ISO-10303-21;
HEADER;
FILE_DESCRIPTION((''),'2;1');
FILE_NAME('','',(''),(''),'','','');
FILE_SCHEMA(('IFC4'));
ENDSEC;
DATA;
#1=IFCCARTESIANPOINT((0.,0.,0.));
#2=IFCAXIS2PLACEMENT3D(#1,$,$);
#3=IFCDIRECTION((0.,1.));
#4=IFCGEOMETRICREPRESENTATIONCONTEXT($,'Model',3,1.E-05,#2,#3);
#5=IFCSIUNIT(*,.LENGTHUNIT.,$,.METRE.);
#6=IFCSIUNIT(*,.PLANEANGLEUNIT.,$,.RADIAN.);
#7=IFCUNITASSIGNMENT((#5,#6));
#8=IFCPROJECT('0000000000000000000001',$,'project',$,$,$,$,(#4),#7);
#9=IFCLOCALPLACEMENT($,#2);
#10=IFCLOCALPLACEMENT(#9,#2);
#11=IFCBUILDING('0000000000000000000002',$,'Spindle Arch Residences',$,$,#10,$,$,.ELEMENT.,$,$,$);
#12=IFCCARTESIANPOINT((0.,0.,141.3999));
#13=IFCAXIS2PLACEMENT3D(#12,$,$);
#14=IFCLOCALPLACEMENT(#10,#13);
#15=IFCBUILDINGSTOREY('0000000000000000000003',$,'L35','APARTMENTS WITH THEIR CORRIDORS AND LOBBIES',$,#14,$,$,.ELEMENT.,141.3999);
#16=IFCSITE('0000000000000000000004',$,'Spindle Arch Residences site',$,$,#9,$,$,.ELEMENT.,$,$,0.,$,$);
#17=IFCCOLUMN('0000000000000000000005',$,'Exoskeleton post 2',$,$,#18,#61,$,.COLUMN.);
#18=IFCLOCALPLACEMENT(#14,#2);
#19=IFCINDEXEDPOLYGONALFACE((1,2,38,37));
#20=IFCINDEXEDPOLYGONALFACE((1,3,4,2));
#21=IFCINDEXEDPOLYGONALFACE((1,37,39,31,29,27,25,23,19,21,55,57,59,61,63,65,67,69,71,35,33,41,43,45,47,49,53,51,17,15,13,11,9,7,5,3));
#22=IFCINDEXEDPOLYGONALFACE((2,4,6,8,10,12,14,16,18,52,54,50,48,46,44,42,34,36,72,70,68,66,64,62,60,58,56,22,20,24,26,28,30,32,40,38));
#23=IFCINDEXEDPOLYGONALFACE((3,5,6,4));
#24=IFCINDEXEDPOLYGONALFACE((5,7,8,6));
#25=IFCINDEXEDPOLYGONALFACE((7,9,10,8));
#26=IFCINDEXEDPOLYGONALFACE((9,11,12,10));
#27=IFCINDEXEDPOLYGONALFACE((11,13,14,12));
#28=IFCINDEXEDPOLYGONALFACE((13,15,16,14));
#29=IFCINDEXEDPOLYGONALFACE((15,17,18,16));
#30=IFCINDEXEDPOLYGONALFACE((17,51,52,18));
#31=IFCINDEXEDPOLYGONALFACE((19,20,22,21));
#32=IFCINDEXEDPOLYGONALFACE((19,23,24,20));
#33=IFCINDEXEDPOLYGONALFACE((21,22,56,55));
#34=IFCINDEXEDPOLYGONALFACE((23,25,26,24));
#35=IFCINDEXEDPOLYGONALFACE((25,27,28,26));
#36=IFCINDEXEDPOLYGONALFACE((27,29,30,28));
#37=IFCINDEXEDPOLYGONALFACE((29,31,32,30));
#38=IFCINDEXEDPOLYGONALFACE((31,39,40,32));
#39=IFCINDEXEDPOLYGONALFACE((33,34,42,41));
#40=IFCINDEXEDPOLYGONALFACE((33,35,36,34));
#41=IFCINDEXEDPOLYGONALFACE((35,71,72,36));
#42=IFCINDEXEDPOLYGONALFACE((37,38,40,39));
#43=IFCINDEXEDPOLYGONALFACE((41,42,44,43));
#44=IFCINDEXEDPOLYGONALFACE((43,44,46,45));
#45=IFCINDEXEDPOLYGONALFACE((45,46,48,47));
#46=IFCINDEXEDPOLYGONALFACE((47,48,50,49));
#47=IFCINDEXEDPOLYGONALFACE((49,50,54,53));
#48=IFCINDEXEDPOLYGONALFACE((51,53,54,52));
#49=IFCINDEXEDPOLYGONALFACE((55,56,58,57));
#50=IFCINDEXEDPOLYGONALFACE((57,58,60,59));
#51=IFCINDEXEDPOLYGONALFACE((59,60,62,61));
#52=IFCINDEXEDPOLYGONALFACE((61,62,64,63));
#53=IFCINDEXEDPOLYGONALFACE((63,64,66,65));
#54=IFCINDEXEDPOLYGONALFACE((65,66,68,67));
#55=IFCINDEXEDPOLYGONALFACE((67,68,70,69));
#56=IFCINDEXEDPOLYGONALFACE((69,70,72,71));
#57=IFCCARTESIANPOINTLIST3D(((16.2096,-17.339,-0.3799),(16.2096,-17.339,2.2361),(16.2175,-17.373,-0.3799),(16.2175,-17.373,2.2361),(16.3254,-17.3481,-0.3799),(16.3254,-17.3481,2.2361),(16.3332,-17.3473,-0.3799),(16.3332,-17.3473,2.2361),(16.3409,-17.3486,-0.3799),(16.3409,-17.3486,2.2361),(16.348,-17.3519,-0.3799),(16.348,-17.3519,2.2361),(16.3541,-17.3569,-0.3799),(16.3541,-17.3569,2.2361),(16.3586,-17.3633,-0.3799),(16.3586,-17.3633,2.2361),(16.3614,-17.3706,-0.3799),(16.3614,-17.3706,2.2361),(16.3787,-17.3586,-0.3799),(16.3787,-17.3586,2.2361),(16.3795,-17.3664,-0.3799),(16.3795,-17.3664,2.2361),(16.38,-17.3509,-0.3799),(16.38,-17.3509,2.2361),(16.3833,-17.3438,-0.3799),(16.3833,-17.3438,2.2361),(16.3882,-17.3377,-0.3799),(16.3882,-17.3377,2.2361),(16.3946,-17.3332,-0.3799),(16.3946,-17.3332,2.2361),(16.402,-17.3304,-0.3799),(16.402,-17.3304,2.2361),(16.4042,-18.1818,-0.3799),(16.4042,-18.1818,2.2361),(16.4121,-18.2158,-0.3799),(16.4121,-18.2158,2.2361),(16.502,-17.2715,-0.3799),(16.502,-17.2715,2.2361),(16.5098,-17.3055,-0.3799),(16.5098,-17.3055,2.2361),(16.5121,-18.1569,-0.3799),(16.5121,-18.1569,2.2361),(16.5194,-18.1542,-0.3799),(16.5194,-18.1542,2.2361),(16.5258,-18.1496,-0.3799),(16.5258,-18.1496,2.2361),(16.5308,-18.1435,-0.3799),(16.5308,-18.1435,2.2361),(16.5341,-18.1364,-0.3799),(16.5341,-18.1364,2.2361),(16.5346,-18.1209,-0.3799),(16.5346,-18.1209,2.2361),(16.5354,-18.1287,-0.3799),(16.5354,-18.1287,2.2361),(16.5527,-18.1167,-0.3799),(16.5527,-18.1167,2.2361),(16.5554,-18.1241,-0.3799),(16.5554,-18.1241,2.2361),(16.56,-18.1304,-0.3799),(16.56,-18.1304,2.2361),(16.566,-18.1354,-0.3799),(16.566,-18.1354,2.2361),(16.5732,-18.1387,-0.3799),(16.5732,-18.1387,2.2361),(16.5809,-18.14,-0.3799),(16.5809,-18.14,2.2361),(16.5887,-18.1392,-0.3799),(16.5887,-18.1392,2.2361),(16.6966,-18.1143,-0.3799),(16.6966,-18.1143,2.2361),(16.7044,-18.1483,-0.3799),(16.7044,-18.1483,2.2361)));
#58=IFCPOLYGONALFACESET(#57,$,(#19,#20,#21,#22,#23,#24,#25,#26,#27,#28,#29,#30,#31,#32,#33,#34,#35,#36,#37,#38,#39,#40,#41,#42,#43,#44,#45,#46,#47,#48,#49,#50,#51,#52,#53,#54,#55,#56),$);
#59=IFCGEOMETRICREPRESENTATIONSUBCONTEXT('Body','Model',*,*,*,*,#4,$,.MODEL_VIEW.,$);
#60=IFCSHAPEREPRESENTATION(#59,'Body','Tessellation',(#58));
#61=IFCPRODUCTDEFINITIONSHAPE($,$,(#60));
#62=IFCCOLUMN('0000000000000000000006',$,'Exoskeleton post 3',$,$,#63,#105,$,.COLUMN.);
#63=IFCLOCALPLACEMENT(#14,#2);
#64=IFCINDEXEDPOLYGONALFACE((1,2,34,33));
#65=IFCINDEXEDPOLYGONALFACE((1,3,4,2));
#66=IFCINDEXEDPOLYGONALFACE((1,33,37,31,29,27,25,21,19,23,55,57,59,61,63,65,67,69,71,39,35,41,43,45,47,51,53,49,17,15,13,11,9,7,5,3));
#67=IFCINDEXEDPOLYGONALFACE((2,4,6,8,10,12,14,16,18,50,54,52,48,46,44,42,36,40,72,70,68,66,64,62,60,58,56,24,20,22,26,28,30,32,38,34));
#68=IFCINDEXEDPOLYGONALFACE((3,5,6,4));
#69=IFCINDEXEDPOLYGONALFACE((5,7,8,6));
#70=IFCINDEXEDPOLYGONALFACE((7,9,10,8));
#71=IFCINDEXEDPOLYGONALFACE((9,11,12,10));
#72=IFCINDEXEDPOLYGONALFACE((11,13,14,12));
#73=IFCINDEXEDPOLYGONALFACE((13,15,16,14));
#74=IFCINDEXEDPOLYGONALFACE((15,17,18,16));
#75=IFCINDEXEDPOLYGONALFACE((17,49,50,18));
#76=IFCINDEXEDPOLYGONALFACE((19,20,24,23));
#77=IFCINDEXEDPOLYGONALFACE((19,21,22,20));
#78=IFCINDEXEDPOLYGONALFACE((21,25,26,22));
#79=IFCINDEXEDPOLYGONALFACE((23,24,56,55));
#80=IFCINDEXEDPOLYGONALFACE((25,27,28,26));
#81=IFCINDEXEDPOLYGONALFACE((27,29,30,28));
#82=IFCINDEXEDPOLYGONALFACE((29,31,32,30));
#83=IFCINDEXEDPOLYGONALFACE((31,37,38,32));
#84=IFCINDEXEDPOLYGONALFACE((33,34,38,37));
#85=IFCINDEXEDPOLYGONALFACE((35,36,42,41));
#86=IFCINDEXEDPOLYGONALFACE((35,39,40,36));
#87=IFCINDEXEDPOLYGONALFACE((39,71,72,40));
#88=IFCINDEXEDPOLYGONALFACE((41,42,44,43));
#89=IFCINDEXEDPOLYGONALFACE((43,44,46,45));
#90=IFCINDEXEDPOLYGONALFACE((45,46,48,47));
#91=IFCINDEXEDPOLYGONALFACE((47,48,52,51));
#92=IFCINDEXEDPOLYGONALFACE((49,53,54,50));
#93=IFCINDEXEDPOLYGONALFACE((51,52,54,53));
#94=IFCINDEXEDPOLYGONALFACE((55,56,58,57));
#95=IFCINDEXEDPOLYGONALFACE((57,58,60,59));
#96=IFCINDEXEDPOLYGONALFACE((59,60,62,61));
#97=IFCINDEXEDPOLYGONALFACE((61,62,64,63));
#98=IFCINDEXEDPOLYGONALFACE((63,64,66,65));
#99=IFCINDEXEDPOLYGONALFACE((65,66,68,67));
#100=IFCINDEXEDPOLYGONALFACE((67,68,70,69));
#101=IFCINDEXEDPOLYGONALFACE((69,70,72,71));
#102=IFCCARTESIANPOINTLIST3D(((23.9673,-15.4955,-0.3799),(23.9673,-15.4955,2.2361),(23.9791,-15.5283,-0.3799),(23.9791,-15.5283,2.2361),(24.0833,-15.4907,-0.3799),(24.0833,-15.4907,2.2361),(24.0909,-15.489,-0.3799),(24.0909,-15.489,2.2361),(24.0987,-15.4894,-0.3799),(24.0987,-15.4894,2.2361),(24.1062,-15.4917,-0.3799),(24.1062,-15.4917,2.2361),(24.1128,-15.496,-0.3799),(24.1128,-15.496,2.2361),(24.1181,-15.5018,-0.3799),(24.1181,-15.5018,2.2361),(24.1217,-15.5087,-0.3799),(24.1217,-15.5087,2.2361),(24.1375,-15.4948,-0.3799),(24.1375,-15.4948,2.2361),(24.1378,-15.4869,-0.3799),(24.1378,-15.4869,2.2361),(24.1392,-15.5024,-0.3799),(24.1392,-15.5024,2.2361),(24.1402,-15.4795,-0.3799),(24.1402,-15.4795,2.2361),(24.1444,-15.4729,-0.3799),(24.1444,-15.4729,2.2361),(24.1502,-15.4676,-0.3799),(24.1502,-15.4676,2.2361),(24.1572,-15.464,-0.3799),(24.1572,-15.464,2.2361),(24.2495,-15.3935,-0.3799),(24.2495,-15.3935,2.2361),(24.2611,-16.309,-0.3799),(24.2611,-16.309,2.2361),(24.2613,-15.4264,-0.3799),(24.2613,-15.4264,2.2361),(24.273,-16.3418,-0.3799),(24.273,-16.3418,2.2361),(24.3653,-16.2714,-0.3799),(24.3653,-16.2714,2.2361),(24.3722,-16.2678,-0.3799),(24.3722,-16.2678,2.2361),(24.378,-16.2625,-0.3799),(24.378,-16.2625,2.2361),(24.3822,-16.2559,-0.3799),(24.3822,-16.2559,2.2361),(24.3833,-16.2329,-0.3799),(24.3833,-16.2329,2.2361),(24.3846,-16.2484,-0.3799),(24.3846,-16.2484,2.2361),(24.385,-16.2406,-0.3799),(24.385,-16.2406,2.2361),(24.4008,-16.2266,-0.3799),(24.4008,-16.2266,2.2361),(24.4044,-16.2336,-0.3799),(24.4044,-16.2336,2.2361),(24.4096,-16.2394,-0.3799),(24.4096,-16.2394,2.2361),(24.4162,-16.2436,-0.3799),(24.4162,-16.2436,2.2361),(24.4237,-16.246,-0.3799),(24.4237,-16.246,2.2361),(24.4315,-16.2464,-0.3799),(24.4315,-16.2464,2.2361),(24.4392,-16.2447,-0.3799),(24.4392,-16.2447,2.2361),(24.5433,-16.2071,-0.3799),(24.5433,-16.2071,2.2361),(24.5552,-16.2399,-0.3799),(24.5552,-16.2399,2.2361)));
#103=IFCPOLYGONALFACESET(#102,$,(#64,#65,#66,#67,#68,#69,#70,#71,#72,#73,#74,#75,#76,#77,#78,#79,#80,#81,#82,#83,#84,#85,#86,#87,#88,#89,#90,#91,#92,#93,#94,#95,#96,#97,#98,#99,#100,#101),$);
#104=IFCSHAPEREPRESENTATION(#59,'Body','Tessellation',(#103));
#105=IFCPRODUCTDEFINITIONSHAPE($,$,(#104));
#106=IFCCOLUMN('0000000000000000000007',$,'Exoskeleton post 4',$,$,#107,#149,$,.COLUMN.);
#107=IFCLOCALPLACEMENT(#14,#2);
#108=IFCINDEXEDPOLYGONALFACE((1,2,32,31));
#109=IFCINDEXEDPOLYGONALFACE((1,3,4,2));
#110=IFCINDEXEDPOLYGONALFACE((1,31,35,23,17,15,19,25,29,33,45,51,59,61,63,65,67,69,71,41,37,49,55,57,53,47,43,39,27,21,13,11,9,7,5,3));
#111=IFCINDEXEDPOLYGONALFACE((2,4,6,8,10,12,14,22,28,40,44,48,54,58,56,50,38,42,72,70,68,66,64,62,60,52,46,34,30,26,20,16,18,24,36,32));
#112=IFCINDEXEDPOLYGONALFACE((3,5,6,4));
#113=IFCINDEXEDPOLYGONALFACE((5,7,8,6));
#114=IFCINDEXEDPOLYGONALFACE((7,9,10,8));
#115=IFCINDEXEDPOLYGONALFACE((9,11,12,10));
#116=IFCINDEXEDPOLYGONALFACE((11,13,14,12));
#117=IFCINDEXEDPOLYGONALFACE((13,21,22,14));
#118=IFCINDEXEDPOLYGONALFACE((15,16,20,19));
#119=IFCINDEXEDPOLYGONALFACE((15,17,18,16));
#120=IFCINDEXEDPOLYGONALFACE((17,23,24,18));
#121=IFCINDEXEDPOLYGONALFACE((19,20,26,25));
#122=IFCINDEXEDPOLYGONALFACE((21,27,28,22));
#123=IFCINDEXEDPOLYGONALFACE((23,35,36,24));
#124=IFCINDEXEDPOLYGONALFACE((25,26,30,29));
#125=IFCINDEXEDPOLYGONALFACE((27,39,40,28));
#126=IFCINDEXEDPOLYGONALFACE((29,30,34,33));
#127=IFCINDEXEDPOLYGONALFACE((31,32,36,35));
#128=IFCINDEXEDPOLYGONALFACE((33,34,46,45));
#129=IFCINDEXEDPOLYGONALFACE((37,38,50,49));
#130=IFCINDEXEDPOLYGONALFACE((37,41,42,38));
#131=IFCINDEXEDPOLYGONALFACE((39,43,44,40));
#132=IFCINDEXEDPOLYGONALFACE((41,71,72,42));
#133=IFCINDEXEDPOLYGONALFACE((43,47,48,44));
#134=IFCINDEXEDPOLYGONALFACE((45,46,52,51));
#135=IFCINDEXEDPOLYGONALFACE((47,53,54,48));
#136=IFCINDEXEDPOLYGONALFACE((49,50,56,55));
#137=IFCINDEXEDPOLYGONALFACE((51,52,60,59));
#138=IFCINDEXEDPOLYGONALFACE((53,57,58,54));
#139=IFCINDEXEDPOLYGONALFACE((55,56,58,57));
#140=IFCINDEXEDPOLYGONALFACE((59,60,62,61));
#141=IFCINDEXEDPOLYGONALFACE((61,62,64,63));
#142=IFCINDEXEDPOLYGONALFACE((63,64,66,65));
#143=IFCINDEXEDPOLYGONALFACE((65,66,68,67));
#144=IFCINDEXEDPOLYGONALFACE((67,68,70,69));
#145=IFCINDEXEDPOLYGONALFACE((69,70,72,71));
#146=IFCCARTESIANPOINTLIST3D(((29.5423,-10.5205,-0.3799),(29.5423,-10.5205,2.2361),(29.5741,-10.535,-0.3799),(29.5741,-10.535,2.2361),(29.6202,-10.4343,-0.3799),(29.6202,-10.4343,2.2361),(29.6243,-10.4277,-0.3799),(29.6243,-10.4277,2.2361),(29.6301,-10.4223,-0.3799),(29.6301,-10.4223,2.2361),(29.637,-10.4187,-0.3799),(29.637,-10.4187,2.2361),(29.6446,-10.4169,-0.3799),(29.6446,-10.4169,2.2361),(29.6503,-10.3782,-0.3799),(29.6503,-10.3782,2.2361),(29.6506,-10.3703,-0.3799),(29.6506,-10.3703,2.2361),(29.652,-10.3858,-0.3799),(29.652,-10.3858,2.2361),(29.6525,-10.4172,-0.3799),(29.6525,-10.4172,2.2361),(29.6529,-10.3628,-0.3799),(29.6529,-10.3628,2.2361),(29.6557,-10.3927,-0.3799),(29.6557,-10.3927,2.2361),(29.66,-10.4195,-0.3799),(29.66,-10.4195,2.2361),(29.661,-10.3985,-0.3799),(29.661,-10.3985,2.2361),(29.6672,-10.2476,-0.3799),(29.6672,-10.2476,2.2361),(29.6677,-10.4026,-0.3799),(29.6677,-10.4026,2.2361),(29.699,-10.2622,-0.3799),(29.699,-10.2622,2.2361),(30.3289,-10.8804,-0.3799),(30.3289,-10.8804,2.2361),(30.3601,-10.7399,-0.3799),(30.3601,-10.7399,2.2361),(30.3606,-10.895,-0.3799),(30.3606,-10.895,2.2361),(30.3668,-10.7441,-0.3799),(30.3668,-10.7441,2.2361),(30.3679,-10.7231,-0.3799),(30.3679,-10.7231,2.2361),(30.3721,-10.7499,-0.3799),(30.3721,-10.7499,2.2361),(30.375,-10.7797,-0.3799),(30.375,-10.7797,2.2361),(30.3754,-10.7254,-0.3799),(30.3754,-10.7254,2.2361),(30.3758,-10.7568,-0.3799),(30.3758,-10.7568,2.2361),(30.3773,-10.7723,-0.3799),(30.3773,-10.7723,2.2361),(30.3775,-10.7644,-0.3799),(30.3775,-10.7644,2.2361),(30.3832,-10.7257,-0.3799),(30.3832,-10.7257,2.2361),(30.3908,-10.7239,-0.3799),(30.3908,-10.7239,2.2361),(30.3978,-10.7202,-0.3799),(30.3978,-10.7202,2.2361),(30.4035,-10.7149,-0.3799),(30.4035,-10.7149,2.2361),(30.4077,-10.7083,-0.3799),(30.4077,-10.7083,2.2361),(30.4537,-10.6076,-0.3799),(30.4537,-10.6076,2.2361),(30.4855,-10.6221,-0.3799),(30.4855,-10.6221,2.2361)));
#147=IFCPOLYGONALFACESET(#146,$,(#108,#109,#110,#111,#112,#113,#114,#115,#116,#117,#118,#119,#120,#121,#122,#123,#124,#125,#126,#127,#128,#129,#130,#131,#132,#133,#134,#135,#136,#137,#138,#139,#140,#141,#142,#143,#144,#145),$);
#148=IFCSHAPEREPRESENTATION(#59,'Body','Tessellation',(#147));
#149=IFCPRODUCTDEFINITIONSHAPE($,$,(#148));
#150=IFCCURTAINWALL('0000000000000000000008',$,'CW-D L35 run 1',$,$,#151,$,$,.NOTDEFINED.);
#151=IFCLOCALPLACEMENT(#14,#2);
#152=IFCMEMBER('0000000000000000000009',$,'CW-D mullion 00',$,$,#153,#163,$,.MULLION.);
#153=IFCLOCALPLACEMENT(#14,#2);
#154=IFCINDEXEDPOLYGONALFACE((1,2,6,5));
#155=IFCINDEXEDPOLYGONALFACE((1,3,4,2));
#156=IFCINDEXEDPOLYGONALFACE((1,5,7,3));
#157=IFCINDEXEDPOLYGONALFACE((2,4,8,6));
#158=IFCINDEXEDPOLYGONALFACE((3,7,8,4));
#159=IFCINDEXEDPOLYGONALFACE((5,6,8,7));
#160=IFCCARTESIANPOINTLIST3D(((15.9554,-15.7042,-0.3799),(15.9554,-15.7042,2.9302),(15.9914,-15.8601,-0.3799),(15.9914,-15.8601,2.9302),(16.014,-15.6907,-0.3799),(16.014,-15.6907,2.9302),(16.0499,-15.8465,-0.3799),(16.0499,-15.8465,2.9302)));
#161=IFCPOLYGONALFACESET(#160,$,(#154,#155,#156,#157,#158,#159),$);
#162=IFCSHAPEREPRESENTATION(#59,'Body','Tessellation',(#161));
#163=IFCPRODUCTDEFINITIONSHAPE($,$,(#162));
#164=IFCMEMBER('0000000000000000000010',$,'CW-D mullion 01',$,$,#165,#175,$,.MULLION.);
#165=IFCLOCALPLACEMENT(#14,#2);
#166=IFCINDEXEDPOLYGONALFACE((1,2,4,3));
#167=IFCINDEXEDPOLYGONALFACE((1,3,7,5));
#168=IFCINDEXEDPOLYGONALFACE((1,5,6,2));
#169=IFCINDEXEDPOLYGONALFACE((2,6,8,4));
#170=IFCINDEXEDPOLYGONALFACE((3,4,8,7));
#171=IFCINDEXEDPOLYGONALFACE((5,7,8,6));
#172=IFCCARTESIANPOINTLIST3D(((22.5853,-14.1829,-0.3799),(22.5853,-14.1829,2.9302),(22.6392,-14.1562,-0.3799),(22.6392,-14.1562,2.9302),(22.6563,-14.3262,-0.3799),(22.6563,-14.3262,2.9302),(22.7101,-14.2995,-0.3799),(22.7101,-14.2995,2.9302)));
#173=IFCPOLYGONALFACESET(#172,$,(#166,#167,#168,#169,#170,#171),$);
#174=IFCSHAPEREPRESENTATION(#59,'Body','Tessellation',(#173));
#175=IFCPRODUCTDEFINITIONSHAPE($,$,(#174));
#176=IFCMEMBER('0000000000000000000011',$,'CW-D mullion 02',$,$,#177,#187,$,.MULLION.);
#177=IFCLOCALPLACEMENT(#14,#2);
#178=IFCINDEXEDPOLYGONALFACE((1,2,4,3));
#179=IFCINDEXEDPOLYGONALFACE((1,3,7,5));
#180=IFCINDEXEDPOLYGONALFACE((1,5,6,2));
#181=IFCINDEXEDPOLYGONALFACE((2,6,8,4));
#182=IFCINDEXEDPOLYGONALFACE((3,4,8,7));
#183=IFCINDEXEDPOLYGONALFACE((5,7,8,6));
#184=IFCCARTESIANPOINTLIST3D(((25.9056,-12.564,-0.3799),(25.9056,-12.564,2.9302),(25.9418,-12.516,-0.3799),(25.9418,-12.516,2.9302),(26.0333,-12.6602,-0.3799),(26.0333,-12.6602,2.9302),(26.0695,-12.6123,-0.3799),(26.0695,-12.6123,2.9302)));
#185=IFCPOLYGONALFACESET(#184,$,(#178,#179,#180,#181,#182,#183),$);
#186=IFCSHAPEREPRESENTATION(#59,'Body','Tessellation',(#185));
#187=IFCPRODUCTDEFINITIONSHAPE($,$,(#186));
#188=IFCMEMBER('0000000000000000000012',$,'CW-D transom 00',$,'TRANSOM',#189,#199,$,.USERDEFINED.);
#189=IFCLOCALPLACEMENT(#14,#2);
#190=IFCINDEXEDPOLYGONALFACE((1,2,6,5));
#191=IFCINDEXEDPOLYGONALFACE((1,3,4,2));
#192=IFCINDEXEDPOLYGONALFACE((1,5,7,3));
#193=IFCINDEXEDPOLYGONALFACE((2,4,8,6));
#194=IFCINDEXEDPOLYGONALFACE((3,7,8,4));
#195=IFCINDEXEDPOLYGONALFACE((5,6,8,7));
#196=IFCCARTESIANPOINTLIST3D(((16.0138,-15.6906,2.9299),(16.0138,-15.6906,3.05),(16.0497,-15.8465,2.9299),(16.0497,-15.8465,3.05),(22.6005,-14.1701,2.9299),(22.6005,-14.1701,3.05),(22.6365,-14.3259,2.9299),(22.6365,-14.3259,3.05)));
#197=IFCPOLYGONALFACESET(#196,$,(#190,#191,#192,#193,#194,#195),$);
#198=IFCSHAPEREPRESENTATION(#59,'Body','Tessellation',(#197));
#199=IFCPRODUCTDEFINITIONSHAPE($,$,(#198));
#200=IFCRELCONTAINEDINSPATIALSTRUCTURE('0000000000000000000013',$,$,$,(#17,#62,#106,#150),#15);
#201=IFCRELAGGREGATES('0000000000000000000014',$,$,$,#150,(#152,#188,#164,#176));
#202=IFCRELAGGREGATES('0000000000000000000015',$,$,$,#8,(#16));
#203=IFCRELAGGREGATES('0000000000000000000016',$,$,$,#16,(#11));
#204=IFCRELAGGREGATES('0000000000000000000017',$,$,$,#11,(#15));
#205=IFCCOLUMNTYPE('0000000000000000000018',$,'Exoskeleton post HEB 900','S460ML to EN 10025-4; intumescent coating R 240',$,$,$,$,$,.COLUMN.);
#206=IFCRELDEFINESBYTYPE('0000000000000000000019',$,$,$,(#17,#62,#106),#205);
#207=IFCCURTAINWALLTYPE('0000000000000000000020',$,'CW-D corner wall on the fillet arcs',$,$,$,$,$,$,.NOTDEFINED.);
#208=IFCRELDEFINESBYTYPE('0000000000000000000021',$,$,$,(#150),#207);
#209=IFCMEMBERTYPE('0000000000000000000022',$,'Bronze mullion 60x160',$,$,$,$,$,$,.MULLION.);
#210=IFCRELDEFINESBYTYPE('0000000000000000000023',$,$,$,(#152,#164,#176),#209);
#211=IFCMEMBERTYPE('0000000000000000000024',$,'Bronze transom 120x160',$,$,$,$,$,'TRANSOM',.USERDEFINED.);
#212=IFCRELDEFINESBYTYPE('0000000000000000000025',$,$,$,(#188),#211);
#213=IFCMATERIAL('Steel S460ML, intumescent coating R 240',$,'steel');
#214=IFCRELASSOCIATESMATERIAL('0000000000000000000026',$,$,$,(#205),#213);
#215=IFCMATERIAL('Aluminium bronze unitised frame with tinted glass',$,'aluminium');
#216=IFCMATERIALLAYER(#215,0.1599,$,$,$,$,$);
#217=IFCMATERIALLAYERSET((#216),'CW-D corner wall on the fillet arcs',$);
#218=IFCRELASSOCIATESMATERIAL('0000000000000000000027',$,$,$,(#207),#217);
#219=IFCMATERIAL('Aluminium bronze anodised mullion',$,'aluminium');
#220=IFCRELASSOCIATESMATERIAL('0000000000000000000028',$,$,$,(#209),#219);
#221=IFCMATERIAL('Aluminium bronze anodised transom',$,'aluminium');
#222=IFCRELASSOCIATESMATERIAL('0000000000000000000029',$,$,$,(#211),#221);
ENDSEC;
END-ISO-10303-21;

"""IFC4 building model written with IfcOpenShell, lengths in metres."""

from ifc_helpers import new_model, si_unit, direction, frame, origin, origin_2d, place, context, subcontext, project, spatial, rectangle, i_section, extrude, material, layer, layer_set, material_profile, profile_set, type_object, element, aggregate, save


model = new_model("IFC4")

# Units and contexts
model_context = context("Model", 3, precision=1e-05, world=origin(), true_north=direction((0.0, 1.0)))
body_context = subcontext(model_context, "Body", "Model", "MODEL_VIEW")
ifc_project = project(units=[si_unit("LENGTHUNIT", "METRE"), si_unit("PLANEANGLEUNIT", "RADIAN")], contexts=[model_context])

# Site, building, storey
site_placement = place(None, origin())
site = spatial("IfcSite", under=ifc_project, at=site_placement, Name="Spindle Arch Residences site", CompositionType="ELEMENT", RefElevation=0.0)
building_placement = place(site_placement, origin())
building = spatial("IfcBuilding", under=site, at=building_placement, Name="Spindle Arch Residences", CompositionType="ELEMENT")
storey_placement = place(building_placement, frame((0.0, 0.0, 141.3999)))
storey = spatial("IfcBuildingStorey", under=building, at=storey_placement, Name="L35", Description="APARTMENTS WITH THEIR CORRIDORS AND LOBBIES", CompositionType="ELEMENT", Elevation=141.3999)

# Columns
ifc_material_1 = material(Name="Steel S460ML, intumescent coating R 240", Category="steel")
ifc_material_profile_1 = material_profile(ifc_material_1, i_section(OverallWidth=0.3, OverallDepth=0.8999, WebThickness=0.0186, FlangeThickness=0.0349, FilletRadius=0.03, at=origin_2d()), Name="HEB 900")
ifc_profile_set_1 = profile_set([ifc_material_profile_1], Name="Steel S460ML, intumescent coating R 240")
column_type = type_object("IfcColumnType", Name="Exoskeleton post HEB 900", Description="S460ML to EN 10025-4; intumescent coating R 240", PredefinedType="COLUMN", material=ifc_profile_set_1)
for number, where, z_axis, x_axis, name in (
    (1, (16.457, -17.7437, -0.3799), (0.0, 0.0, 1.0), (-0.97437, -0.224951, 0.0), "Exoskeleton post 2"),
    (2, (24.2612, -15.8677, -0.3799), (0.0, 0.0, 1.0), (-0.940523, -0.339729, 0.0), "Exoskeleton post 3"),
    (3, (30.0139, -10.5713, -0.3799), (0.0, 0.0, 1.0), (-0.416144, -0.909299, 0.0), "Exoskeleton post 4"),
):
    element("IfcColumn", number, at=place(storey_placement, frame(where, z_axis=z_axis, x_axis=x_axis)), inside=storey, type_object=column_type, Name=name, PredefinedType="COLUMN", context=body_context, shape_type="SweptSolid", body=[
        extrude(i_section(OverallWidth=0.3, OverallDepth=0.8999, WebThickness=0.0186, FlangeThickness=0.0349, FilletRadius=0.03, at=origin_2d()), origin(), (0.0, 0.0, 1.0), 2.616),
    ])

# Curtain wall, members
ifc_material_2 = material(Name="Aluminium bronze unitised frame with tinted glass", Category="aluminium")
ifc_layer_1 = layer(ifc_material_2, 0.1599)
ifc_layer_set_1 = layer_set([ifc_layer_1], Name="CW-D corner wall on the fillet arcs")
curtain_wall_type = type_object("IfcCurtainWallType", Name="CW-D corner wall on the fillet arcs", PredefinedType="NOTDEFINED", material=ifc_layer_set_1)
curtain_wall_placement = place(storey_placement, origin())
curtain_wall = element("IfcCurtainWall", 4, at=curtain_wall_placement, inside=storey, type_object=curtain_wall_type, Name="CW-D L35 run 1", PredefinedType="NOTDEFINED")
ifc_material_3 = material(Name="Aluminium bronze anodised mullion", Category="aluminium")
ifc_material_profile_2 = material_profile(ifc_material_3, rectangle(XDim=0.1599, YDim=0.0601, at=origin_2d()), Name="MU 60x160")
ifc_profile_set_2 = profile_set([ifc_material_profile_2], Name="Aluminium bronze anodised mullion")
member_type_1 = type_object("IfcMemberType", Name="Bronze mullion 60x160", PredefinedType="MULLION", material=ifc_profile_set_2)
member_1_placement = place(storey_placement, frame((16.0027, -15.7754, -0.3799), z_axis=(0.0, 0.0, 1.0), x_axis=(-0.224951, 0.97437, 0.0)))
member_1 = element("IfcMember", 5, at=member_1_placement, type_object=member_type_1, Name="CW-D mullion 00", PredefinedType="MULLION", context=body_context, shape_type="SweptSolid", body=[
    extrude(rectangle(XDim=0.1599, YDim=0.0601, at=origin_2d()), origin(), (0.0, 0.0, 1.0), 3.3101),
])
member_2_placement = place(storey_placement, frame((22.6477, -14.2412, -0.3799), z_axis=(0.0, 0.0, 1.0), x_axis=(-0.443593, 0.896229, 0.0)))
member_2 = element("IfcMember", 6, at=member_2_placement, type_object=member_type_1, Name="CW-D mullion 01", PredefinedType="MULLION", context=body_context, shape_type="SweptSolid", body=[
    extrude(rectangle(XDim=0.1599, YDim=0.0601, at=origin_2d()), origin(), (0.0, 0.0, 1.0), 3.3101),
])
member_3_placement = place(storey_placement, frame((25.9875, -12.5881, -0.3799), z_axis=(0.0, 0.0, 1.0), x_axis=(-0.798636, 0.601815, 0.0)))
member_3 = element("IfcMember", 7, at=member_3_placement, type_object=member_type_1, Name="CW-D mullion 02", PredefinedType="MULLION", context=body_context, shape_type="SweptSolid", body=[
    extrude(rectangle(XDim=0.1599, YDim=0.0601, at=origin_2d()), origin(), (0.0, 0.0, 1.0), 3.3101),
])
ifc_material_4 = material(Name="Aluminium bronze anodised transom", Category="aluminium")
ifc_material_profile_3 = material_profile(ifc_material_4, rectangle(XDim=0.1599, YDim=0.1201, at=origin_2d()), Name="TR 120x160")
ifc_profile_set_3 = profile_set([ifc_material_profile_3], Name="Aluminium bronze anodised transom")
member_type_2 = type_object("IfcMemberType", Name="Bronze transom 120x160", ElementType="TRANSOM", PredefinedType="USERDEFINED", material=ifc_profile_set_3)
member_4_placement = place(storey_placement, frame((16.0317, -15.7686, 2.99), z_axis=(0.974375, 0.224931, 0.0), x_axis=(-0.224931, 0.974375, 0.0)))
member_4 = element("IfcMember", 8, at=member_4_placement, type_object=member_type_2, Name="CW-D transom 00", ObjectType="TRANSOM", PredefinedType="USERDEFINED", context=body_context, shape_type="SweptSolid", body=[
    extrude(rectangle(XDim=0.1599, YDim=0.1201, at=origin_2d()), origin(), (0.0, 0.0, 1.0), 6.76),
])

aggregate(curtain_wall, [member_1, member_4, member_2, member_3])

save(model, "model.ifc")
